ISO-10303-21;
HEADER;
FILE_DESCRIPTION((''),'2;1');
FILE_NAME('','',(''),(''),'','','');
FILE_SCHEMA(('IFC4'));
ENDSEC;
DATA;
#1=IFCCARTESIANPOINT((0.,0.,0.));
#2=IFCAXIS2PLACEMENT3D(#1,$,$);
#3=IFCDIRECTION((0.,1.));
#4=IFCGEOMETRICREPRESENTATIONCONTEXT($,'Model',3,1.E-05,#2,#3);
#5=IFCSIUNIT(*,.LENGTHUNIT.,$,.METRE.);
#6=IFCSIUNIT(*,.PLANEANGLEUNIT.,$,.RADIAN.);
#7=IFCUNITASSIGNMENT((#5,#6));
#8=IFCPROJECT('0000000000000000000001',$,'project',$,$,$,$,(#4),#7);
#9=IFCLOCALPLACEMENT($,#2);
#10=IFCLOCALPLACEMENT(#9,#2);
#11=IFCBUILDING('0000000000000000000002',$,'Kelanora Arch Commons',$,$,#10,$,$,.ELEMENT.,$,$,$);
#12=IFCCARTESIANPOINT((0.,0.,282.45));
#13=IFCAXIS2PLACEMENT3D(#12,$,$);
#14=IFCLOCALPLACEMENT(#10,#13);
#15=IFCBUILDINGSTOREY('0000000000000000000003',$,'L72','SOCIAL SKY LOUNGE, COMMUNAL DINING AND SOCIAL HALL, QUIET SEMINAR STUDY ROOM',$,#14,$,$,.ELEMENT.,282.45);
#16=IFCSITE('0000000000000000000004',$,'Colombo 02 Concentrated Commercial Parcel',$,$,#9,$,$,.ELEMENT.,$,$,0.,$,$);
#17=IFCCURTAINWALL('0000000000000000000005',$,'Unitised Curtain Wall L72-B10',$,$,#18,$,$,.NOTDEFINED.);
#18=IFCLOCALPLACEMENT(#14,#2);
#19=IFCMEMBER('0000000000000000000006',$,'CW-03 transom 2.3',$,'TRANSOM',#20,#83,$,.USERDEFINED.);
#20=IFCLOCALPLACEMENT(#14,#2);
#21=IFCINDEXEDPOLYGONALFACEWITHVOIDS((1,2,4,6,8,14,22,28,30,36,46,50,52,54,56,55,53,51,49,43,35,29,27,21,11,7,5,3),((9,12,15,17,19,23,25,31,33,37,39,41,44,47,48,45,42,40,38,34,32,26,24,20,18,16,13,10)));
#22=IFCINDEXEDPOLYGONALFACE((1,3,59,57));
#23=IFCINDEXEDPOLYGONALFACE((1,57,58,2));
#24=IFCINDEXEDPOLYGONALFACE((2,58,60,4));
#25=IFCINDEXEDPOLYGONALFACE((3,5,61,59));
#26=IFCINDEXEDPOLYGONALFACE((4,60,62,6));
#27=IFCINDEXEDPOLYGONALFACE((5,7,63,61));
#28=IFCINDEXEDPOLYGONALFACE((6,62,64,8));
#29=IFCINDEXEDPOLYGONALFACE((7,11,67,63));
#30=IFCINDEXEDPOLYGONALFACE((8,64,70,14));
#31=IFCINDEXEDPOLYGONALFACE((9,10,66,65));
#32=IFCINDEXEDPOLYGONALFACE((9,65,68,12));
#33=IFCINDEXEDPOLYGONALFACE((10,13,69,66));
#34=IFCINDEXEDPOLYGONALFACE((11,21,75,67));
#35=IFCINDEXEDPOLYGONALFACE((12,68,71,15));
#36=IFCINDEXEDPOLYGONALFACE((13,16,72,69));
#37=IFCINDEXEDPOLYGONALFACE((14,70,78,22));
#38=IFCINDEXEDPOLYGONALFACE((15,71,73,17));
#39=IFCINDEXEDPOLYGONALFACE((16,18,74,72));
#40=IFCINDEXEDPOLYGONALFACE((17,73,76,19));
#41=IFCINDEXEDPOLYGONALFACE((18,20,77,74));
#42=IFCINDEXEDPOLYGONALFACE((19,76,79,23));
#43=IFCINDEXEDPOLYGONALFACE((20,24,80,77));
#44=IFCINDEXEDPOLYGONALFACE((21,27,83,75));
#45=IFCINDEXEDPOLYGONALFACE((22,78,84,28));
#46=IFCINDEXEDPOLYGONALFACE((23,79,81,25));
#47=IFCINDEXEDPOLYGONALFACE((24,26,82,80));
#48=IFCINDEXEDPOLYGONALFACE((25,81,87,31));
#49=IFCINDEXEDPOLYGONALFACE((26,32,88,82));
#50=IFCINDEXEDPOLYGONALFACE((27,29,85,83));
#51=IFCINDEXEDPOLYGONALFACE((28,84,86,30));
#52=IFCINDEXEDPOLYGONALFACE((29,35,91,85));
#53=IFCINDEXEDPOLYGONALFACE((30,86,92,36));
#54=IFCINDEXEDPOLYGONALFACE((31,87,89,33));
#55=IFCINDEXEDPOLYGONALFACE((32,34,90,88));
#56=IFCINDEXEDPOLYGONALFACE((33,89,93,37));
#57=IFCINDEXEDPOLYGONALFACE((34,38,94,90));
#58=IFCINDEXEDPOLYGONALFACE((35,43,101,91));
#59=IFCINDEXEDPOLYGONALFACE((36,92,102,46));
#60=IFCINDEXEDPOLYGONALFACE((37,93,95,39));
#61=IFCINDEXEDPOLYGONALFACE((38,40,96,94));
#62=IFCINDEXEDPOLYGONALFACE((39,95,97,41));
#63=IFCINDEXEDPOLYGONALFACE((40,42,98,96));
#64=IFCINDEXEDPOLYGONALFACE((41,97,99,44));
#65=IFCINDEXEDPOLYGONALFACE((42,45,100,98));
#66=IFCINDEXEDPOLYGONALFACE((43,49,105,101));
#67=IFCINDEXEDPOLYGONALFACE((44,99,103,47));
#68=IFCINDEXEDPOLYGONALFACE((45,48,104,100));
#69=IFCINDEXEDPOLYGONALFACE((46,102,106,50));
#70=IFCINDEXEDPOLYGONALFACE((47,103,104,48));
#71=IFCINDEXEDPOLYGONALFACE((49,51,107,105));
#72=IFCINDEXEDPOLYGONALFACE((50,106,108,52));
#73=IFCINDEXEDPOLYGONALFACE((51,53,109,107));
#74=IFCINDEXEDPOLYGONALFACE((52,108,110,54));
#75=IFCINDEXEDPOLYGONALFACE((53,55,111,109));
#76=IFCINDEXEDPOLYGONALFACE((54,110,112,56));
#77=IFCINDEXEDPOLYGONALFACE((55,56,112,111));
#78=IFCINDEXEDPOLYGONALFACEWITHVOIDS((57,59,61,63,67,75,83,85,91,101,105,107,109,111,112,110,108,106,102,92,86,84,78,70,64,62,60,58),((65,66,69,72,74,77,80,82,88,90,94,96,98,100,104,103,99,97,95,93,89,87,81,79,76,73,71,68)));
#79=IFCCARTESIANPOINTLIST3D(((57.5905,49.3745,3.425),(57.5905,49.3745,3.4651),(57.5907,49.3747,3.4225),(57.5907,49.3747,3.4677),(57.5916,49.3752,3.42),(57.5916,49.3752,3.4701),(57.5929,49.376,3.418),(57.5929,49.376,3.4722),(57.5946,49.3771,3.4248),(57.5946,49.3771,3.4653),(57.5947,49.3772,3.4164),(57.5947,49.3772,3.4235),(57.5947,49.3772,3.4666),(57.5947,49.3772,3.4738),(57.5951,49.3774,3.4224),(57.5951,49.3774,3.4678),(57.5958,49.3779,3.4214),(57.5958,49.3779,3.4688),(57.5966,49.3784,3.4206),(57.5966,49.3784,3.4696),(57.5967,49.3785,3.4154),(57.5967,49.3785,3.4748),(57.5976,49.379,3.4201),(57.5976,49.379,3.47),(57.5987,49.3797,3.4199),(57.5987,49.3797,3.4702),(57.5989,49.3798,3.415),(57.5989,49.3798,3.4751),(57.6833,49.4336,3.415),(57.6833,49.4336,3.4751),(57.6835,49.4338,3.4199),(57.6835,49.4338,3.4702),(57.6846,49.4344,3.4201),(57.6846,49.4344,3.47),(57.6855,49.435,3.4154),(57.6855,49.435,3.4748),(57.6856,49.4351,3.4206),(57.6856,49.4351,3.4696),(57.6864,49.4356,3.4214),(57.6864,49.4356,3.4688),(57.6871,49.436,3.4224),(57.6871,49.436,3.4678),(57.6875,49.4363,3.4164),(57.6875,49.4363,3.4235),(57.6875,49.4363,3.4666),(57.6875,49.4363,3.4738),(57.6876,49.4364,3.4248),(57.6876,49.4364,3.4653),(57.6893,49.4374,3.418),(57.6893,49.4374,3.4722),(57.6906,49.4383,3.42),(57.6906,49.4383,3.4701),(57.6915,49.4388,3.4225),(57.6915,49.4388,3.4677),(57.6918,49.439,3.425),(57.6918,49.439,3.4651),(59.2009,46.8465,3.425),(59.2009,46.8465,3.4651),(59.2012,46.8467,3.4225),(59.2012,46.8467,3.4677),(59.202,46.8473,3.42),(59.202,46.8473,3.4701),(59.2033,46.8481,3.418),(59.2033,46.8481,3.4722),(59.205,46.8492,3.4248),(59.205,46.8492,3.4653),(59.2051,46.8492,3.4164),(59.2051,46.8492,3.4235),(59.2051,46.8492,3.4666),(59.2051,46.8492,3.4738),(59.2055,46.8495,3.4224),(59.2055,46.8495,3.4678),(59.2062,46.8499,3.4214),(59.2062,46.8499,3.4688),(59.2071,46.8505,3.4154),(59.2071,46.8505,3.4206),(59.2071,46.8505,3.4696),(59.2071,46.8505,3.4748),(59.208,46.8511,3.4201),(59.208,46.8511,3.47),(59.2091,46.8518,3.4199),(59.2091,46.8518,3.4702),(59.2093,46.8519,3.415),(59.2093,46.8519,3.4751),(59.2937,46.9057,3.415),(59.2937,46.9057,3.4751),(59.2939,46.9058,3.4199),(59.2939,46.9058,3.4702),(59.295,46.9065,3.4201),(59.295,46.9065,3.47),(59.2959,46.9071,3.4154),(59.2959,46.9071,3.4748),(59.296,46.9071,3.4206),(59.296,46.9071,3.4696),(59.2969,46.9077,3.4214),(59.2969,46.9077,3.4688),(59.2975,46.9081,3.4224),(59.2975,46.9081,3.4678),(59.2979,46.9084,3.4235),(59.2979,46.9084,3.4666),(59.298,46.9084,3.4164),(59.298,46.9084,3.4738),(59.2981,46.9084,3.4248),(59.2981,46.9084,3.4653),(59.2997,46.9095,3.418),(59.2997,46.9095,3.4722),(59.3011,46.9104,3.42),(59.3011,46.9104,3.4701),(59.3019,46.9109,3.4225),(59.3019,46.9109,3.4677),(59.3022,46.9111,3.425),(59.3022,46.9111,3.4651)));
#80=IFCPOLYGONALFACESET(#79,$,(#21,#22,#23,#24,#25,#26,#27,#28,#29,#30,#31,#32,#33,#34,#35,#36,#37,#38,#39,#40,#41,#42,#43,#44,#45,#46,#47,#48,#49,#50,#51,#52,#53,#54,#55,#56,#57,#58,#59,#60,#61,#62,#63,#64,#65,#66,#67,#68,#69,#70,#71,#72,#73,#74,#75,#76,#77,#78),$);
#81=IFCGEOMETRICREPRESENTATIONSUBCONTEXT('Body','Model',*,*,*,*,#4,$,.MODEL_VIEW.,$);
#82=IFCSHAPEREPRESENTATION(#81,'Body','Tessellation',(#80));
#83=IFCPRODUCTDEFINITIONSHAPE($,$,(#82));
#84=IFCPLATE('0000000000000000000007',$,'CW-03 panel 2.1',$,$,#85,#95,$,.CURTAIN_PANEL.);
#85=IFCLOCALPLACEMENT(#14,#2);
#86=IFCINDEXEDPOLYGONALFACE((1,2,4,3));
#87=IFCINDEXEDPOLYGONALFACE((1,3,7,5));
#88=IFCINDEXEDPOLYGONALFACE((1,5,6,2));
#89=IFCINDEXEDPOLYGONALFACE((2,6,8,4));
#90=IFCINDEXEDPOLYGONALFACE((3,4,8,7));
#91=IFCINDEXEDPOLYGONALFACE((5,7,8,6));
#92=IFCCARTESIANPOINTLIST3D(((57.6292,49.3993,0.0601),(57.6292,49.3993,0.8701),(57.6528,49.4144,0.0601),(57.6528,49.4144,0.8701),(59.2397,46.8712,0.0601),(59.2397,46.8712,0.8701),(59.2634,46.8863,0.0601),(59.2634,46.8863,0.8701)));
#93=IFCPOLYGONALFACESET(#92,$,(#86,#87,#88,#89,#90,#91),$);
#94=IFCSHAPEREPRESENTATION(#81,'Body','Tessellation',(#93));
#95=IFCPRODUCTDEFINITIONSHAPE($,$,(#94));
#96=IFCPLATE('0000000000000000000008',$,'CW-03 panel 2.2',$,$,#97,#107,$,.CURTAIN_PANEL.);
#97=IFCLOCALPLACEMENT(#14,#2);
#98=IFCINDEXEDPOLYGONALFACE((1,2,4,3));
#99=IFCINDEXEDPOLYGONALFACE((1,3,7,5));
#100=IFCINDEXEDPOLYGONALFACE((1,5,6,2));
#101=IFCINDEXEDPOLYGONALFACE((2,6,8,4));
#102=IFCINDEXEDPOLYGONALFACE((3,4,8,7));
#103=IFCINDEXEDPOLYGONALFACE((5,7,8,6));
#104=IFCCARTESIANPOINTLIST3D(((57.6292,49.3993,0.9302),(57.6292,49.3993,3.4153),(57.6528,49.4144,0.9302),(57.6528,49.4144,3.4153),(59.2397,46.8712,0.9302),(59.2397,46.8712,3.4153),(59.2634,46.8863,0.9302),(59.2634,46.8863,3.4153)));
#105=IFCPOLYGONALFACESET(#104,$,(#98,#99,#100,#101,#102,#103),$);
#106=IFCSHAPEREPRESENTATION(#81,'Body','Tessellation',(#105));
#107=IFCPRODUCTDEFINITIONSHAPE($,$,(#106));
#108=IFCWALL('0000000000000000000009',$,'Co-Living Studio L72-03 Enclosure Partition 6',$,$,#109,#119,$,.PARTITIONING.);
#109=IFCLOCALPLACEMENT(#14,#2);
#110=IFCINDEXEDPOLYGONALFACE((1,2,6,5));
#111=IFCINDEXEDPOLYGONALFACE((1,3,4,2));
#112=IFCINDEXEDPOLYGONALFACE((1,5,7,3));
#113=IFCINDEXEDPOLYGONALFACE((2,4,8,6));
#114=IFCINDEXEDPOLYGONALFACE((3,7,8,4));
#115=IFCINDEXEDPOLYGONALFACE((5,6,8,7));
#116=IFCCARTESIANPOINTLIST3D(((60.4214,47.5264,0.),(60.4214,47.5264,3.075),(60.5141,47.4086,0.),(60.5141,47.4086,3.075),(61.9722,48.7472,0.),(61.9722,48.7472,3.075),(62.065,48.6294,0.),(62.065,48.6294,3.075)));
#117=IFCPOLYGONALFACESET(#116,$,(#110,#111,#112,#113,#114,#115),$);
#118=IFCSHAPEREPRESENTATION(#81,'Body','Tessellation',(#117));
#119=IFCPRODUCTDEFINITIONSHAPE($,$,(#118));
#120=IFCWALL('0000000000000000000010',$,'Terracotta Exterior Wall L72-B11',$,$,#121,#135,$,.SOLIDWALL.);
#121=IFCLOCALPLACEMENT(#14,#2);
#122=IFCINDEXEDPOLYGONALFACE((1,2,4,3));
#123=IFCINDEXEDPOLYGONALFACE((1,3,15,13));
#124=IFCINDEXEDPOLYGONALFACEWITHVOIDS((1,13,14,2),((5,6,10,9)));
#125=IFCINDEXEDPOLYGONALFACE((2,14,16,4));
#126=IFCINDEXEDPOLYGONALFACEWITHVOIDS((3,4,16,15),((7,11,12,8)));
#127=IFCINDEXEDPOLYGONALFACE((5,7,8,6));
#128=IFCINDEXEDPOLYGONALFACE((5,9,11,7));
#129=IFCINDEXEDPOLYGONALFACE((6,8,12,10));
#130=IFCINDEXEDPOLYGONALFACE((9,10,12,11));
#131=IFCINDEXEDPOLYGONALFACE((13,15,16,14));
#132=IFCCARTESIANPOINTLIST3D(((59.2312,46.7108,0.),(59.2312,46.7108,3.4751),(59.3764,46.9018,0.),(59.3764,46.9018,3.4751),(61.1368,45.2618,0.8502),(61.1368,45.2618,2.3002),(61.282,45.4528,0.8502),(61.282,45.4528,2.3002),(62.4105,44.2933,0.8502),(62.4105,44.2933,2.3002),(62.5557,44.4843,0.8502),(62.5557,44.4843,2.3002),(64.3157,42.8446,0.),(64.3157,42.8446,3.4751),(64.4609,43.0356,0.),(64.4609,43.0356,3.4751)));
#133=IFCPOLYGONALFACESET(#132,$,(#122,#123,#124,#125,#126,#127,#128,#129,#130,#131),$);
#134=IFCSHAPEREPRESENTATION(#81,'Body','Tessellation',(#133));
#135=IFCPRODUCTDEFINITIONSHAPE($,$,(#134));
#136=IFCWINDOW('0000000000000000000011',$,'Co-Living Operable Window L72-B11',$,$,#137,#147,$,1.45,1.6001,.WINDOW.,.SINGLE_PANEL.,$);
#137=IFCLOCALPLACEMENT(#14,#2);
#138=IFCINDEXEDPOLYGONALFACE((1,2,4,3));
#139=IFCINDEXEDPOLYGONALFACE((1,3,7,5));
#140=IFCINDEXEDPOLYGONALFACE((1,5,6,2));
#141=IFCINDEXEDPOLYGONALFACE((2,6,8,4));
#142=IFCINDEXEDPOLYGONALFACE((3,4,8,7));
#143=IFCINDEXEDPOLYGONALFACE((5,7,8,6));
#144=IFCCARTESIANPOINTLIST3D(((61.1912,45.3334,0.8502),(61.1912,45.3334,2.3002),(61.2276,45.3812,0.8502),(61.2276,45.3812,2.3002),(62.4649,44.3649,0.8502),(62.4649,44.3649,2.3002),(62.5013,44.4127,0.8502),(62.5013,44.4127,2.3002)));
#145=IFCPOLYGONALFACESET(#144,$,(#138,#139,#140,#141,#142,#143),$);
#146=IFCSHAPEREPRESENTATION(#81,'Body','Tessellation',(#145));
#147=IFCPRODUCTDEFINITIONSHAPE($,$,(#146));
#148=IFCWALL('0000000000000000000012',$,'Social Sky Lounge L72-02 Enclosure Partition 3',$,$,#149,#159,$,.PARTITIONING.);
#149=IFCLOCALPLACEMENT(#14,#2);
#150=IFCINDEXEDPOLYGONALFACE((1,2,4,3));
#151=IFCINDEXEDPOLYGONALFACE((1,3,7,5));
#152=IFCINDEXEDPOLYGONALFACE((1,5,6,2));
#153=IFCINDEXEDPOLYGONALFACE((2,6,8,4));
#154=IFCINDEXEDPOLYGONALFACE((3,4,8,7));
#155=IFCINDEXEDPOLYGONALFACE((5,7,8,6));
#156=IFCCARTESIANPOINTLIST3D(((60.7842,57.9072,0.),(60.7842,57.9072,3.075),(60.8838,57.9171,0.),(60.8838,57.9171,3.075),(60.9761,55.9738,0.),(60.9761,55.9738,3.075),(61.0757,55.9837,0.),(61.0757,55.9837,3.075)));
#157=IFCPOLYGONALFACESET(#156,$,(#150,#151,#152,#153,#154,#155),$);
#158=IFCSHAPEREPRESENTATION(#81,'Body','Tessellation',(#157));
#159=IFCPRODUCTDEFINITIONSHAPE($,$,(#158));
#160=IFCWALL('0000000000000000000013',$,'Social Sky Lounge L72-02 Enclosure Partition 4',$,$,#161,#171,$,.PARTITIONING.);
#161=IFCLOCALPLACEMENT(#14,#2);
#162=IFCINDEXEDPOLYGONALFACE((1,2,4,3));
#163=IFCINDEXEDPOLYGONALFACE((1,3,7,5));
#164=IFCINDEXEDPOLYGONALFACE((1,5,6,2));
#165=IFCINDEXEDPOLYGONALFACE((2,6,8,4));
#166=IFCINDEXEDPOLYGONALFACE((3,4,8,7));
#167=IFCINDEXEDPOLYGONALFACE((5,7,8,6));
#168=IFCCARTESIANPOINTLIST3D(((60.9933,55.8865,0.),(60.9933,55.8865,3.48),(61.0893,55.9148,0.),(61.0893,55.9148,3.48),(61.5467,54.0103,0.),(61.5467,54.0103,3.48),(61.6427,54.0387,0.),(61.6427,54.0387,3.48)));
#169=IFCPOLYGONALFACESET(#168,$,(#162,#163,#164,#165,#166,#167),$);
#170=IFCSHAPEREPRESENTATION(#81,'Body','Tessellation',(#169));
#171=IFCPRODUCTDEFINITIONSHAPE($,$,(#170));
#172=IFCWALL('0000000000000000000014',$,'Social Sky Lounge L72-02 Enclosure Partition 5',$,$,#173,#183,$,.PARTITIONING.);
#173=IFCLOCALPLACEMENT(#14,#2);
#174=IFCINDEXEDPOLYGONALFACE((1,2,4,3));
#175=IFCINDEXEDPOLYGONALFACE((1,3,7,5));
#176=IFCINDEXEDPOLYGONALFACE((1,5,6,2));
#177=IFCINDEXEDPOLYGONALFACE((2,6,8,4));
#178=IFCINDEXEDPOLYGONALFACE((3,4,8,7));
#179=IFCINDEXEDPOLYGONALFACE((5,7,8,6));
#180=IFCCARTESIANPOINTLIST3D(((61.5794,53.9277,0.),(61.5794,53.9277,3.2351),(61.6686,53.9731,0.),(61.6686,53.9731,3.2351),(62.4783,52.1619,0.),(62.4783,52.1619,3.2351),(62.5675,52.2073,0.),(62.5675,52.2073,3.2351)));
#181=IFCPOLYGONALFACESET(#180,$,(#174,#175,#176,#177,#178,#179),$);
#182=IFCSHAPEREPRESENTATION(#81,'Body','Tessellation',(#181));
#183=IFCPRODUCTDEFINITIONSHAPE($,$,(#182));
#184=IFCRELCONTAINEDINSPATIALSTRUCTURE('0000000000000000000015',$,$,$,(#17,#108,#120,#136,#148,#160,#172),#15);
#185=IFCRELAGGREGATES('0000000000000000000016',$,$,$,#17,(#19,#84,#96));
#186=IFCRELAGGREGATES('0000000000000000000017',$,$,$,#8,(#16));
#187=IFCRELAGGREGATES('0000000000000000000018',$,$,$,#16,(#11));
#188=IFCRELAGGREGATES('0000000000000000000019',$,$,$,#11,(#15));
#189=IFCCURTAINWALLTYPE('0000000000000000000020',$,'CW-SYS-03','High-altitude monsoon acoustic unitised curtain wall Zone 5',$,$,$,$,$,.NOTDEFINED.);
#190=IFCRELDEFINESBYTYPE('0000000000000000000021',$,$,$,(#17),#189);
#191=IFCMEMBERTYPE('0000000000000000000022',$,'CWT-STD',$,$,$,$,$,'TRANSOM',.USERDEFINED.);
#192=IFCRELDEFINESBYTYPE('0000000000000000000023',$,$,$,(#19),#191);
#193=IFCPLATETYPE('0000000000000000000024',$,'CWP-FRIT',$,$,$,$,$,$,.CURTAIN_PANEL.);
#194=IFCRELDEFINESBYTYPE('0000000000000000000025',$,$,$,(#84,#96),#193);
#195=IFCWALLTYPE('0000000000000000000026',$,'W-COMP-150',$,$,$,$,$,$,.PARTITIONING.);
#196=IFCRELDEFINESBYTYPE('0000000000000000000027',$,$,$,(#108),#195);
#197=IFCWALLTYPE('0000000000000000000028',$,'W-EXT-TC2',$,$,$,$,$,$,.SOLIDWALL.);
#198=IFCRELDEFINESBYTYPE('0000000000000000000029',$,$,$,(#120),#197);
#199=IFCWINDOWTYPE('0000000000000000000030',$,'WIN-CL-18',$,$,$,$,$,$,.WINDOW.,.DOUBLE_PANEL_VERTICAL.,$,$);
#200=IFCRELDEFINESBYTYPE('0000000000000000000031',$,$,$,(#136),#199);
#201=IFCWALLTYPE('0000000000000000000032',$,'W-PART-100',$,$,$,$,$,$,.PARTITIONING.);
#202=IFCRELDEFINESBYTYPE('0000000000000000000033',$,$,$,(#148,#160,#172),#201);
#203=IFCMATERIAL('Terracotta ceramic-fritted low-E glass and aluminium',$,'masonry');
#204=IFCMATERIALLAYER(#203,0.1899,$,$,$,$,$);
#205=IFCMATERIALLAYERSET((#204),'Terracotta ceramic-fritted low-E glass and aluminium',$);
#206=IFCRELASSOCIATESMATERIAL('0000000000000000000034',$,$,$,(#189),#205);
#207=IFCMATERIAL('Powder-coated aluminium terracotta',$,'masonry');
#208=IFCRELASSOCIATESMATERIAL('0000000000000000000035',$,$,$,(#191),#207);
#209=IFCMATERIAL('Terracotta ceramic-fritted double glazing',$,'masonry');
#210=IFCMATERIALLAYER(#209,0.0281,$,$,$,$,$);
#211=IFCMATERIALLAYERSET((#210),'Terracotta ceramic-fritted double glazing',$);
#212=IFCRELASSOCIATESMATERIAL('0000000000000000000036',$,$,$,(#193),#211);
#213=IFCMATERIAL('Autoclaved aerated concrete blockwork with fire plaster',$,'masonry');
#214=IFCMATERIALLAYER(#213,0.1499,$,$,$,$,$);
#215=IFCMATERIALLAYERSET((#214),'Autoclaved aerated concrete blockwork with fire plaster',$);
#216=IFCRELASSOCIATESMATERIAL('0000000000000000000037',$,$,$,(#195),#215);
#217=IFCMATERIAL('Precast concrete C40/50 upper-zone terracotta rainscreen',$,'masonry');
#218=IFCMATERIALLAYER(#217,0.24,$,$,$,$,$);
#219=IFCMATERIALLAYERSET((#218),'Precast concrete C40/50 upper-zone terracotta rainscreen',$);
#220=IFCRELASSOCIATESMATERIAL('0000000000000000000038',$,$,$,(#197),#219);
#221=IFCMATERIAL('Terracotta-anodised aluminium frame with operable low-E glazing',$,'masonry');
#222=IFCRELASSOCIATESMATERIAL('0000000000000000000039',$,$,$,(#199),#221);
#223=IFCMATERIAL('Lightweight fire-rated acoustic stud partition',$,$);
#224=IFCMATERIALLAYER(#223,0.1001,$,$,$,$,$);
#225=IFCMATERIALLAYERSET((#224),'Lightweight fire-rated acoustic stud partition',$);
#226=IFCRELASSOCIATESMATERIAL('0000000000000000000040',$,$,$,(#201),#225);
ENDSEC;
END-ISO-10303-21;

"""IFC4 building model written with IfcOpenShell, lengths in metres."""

from ifc_helpers import new_model, si_unit, direction, frame, frame_2d, origin, origin_2d, place, context, subcontext, project, spatial, rectangle, hollow_rectangle, extrude, source, transform, mapped, material, layer, layer_set, material_profile, profile_set, type_object, element, fill, aggregate, save


model = new_model("IFC4")

# Units and contexts
model_context = context("Model", 3, precision=1e-05, world=origin(), true_north=direction((0.0, 1.0)))
body_context = subcontext(model_context, "Body", "Model", "MODEL_VIEW")
ifc_project = project(units=[si_unit("LENGTHUNIT", "METRE"), si_unit("PLANEANGLEUNIT", "RADIAN")], contexts=[model_context])

# Site, building, storey
site_placement = place(None, origin())
site = spatial("IfcSite", under=ifc_project, at=site_placement, Name="Colombo 02 Concentrated Commercial Parcel", CompositionType="ELEMENT", RefElevation=0.0)
building_placement = place(site_placement, origin())
building = spatial("IfcBuilding", under=site, at=building_placement, Name="Kelanora Arch Commons", CompositionType="ELEMENT")
storey_placement = place(building_placement, frame((0.0, 0.0, 282.45)))
storey = spatial("IfcBuildingStorey", under=building, at=storey_placement, Name="L72", Description="SOCIAL SKY LOUNGE, COMMUNAL DINING AND SOCIAL HALL, QUIET SEMINAR STUDY ROOM", CompositionType="ELEMENT", Elevation=282.45)

# Curtain wall, member, plates
ifc_material_1 = material(Name="Terracotta ceramic-fritted low-E glass and aluminium", Category="masonry")
ifc_layer_1 = layer(ifc_material_1, 0.1899)
ifc_layer_set_1 = layer_set([ifc_layer_1], Name="Terracotta ceramic-fritted low-E glass and aluminium")
curtain_wall_type = type_object("IfcCurtainWallType", Name="CW-SYS-03", Description="High-altitude monsoon acoustic unitised curtain wall Zone 5", PredefinedType="NOTDEFINED", material=ifc_layer_set_1)
curtain_wall_placement = place(storey_placement, origin())
curtain_wall = element("IfcCurtainWall", 1, at=curtain_wall_placement, inside=storey, type_object=curtain_wall_type, Name="Unitised Curtain Wall L72-B10", PredefinedType="NOTDEFINED")
ifc_material_2 = material(Name="Powder-coated aluminium terracotta", Category="masonry")
ifc_material_profile_1 = material_profile(ifc_material_2, hollow_rectangle(XDim=0.1201, YDim=0.0601, WallThickness=0.0049, InnerFilletRadius=0.0049, OuterFilletRadius=0.01, at=origin_2d()), Name="CWT120x60")
ifc_profile_set_1 = profile_set([ifc_material_profile_1], Name="Powder-coated aluminium terracotta")
member_type_1 = type_object("IfcMemberType", Name="CWT-STD", ElementType="TRANSOM", PredefinedType="USERDEFINED", material=ifc_profile_set_1)
member_1_placement = place(storey_placement, frame((57.6411, 49.4067, 3.4451), z_axis=(0.537287, -0.8434, 0.0), x_axis=(0.8434, 0.537287, 0.0)))
member_1 = element("IfcMember", 2, at=member_1_placement, type_object=member_type_1, Name="CW-03 transom 2.3", ObjectType="TRANSOM", PredefinedType="USERDEFINED", context=body_context, shape_type="SweptSolid", body=[
    extrude(hollow_rectangle(XDim=0.1201, YDim=0.0601, WallThickness=0.0049, InnerFilletRadius=0.0049, OuterFilletRadius=0.01, at=origin_2d()), origin(), (0.0, 0.0, 1.0), 2.9973),
])
ifc_material_3 = material(Name="Terracotta ceramic-fritted double glazing", Category="masonry")
ifc_layer_2 = layer(ifc_material_3, 0.0281)
ifc_layer_set_2 = layer_set([ifc_layer_2], Name="Terracotta ceramic-fritted double glazing")
plate_type = type_object("IfcPlateType", Name="CWP-FRIT", PredefinedType="CURTAIN_PANEL", material=ifc_layer_set_2)
shared_shape_1 = source(origin(), body_context, "Body", "SweptSolid", [
    extrude(rectangle(XDim=2.9976, YDim=0.0281, at=origin_2d()), origin(), (0.0, 0.0, 1.0), 0.8101),
])
plate_1_placement = place(storey_placement, frame((58.4463, 48.1428, 0.0601), z_axis=(0.0, 0.0, 1.0), x_axis=(0.5373, -0.843391, 0.0)))
plate_1 = element("IfcPlate", 3, at=plate_1_placement, type_object=plate_type, Name="CW-03 panel 2.1", PredefinedType="CURTAIN_PANEL", context=body_context, shape_type="MappedRepresentation", body=[
    mapped(shared_shape_1, transform((0.0, 0.0, 0.0), scale=1.0)),
])
shared_shape_2 = source(origin(), body_context, "Body", "SweptSolid", [
    extrude(rectangle(XDim=2.9976, YDim=0.0281, at=origin_2d()), origin(), (0.0, 0.0, 1.0), 2.4851),
])
plate_2_placement = place(storey_placement, frame((58.4463, 48.1428, 0.9302), z_axis=(0.0, 0.0, 1.0), x_axis=(0.5373, -0.843391, 0.0)))
plate_2 = element("IfcPlate", 4, at=plate_2_placement, type_object=plate_type, Name="CW-03 panel 2.2", PredefinedType="CURTAIN_PANEL", context=body_context, shape_type="MappedRepresentation", body=[
    mapped(shared_shape_2, transform((0.0, 0.0, 0.0), scale=1.0)),
])
aggregate(curtain_wall, [member_1, plate_1, plate_2])

# Wall
ifc_material_4 = material(Name="Autoclaved aerated concrete blockwork with fire plaster", Category="masonry")
ifc_layer_3 = layer(ifc_material_4, 0.1499)
ifc_layer_set_3 = layer_set([ifc_layer_3], Name="Autoclaved aerated concrete blockwork with fire plaster")
wall_type_1 = type_object("IfcWallType", Name="W-COMP-150", PredefinedType="PARTITIONING", material=ifc_layer_set_3)
wall_1_placement = place(storey_placement, frame((60.4678, 47.4675, 0.0), z_axis=(0.0, 0.0, 1.0), x_axis=(0.785769, 0.618521, 0.0)))
element("IfcWall", 5, at=wall_1_placement, inside=storey, type_object=wall_type_1, Name="Co-Living Studio L72-03 Enclosure Partition 6", PredefinedType="PARTITIONING", context=body_context, shape_type="SweptSolid", body=[
    extrude(rectangle(XDim=1.9736, YDim=0.1499, at=frame_2d((0.9868, 0.0))), origin(), (0.0, 0.0, 1.0), 3.075),
])

# Wall, opening, window
ifc_material_5 = material(Name="Precast concrete C40/50 upper-zone terracotta rainscreen", Category="masonry")
ifc_layer_4 = layer(ifc_material_5, 0.24)
ifc_layer_set_4 = layer_set([ifc_layer_4], Name="Precast concrete C40/50 upper-zone terracotta rainscreen")
wall_type_2 = type_object("IfcWallType", Name="W-EXT-TC2", PredefinedType="SOLIDWALL", material=ifc_layer_set_4)
wall_2_placement = place(storey_placement, frame((59.3037, 46.8064, 0.0), z_axis=(0.0, 0.0, 1.0), x_axis=(0.79601, -0.605283, 0.0)))
wall_2 = element("IfcWall", 6, at=wall_2_placement, inside=storey, type_object=wall_type_2, Name="Terracotta Exterior Wall L72-B11", PredefinedType="SOLIDWALL", context=body_context, shape_type="SweptSolid", body=[
    extrude(rectangle(XDim=6.3875, YDim=0.24, at=frame_2d((3.1938, 0.0))), origin(), (0.0, 0.0, 1.0), 3.4751),
])
opening_placement = place(wall_2_placement, frame((2.394, 0.0, 0.8501)))
opening = element("IfcOpeningElement", 7, at=opening_placement, cuts=wall_2, PredefinedType="OPENING", context=body_context, shape_type="SweptSolid", body=[
    extrude(rectangle(XDim=1.6001, YDim=1.45, at=frame_2d((0.8, 0.7251))), frame((0.0, 0.1299, 0.0), z_axis=(0.0, -1.0, 0.0), x_axis=(1.0, 0.0, 0.0)), (0.0, 0.0, 1.0), 0.26),
])
ifc_material_6 = material(Name="Terracotta-anodised aluminium frame with operable low-E glazing", Category="masonry")
window_type = type_object("IfcWindowType", Name="WIN-CL-18", PartitioningType="DOUBLE_PANEL_VERTICAL", PredefinedType="WINDOW", material=ifc_material_6)
window_placement = place(opening_placement, origin())
window = element("IfcWindow", 8, at=window_placement, inside=storey, type_object=window_type, Name="Co-Living Operable Window L72-B11", OverallHeight=1.45, OverallWidth=1.6001, PartitioningType="SINGLE_PANEL", PredefinedType="WINDOW", context=body_context, shape_type="SweptSolid", body=[
    extrude(rectangle(XDim=1.6001, YDim=1.45, at=frame_2d((0.8, 0.7251))), frame((0.0, 0.03, 0.0), z_axis=(0.0, -1.0, 0.0), x_axis=(1.0, 0.0, 0.0)), (0.0, 0.0, 1.0), 0.0601),
])
fill(opening, window)

# Walls
ifc_material_7 = material(Name="Lightweight fire-rated acoustic stud partition")
ifc_layer_5 = layer(ifc_material_7, 0.1001)
ifc_layer_set_5 = layer_set([ifc_layer_5], Name="Lightweight fire-rated acoustic stud partition")
wall_type_3 = type_object("IfcWallType", Name="W-PART-100", PredefinedType="PARTITIONING", material=ifc_layer_set_5)
wall_3_placement = place(storey_placement, frame((60.834, 57.9121, 0.0), z_axis=(0.0, 0.0, 1.0), x_axis=(0.09877, -0.99511, 0.0)))
element("IfcWall", 9, at=wall_3_placement, inside=storey, type_object=wall_type_3, Name="Social Sky Lounge L72-02 Enclosure Partition 3", PredefinedType="PARTITIONING", context=body_context, shape_type="SweptSolid", body=[
    extrude(rectangle(XDim=1.9429, YDim=0.1001, at=frame_2d((0.9714, 0.0))), origin(), (0.0, 0.0, 1.0), 3.075),
])
wall_4_placement = place(storey_placement, frame((61.0413, 55.9006, 0.0), z_axis=(0.0, 0.0, 1.0), x_axis=(0.282937, -0.959139, 0.0)))
element("IfcWall", 10, at=wall_4_placement, inside=storey, type_object=wall_type_3, Name="Social Sky Lounge L72-02 Enclosure Partition 4", PredefinedType="PARTITIONING", context=body_context, shape_type="SweptSolid", body=[
    extrude(rectangle(XDim=1.9561, YDim=0.1001, at=frame_2d((0.978, 0.0))), origin(), (0.0, 0.0, 1.0), 3.48),
])
wall_5_placement = place(storey_placement, frame((61.624, 53.9504, 0.0), z_axis=(0.0, 0.0, 1.0), x_axis=(0.453658, -0.891176, 0.0)))
element("IfcWall", 11, at=wall_5_placement, inside=storey, type_object=wall_type_3, Name="Social Sky Lounge L72-02 Enclosure Partition 5", PredefinedType="PARTITIONING", context=body_context, shape_type="SweptSolid", body=[
    extrude(rectangle(XDim=1.9814, YDim=0.1001, at=frame_2d((0.9907, 0.0))), origin(), (0.0, 0.0, 1.0), 3.2351),
])

save(model, "model.ifc")
